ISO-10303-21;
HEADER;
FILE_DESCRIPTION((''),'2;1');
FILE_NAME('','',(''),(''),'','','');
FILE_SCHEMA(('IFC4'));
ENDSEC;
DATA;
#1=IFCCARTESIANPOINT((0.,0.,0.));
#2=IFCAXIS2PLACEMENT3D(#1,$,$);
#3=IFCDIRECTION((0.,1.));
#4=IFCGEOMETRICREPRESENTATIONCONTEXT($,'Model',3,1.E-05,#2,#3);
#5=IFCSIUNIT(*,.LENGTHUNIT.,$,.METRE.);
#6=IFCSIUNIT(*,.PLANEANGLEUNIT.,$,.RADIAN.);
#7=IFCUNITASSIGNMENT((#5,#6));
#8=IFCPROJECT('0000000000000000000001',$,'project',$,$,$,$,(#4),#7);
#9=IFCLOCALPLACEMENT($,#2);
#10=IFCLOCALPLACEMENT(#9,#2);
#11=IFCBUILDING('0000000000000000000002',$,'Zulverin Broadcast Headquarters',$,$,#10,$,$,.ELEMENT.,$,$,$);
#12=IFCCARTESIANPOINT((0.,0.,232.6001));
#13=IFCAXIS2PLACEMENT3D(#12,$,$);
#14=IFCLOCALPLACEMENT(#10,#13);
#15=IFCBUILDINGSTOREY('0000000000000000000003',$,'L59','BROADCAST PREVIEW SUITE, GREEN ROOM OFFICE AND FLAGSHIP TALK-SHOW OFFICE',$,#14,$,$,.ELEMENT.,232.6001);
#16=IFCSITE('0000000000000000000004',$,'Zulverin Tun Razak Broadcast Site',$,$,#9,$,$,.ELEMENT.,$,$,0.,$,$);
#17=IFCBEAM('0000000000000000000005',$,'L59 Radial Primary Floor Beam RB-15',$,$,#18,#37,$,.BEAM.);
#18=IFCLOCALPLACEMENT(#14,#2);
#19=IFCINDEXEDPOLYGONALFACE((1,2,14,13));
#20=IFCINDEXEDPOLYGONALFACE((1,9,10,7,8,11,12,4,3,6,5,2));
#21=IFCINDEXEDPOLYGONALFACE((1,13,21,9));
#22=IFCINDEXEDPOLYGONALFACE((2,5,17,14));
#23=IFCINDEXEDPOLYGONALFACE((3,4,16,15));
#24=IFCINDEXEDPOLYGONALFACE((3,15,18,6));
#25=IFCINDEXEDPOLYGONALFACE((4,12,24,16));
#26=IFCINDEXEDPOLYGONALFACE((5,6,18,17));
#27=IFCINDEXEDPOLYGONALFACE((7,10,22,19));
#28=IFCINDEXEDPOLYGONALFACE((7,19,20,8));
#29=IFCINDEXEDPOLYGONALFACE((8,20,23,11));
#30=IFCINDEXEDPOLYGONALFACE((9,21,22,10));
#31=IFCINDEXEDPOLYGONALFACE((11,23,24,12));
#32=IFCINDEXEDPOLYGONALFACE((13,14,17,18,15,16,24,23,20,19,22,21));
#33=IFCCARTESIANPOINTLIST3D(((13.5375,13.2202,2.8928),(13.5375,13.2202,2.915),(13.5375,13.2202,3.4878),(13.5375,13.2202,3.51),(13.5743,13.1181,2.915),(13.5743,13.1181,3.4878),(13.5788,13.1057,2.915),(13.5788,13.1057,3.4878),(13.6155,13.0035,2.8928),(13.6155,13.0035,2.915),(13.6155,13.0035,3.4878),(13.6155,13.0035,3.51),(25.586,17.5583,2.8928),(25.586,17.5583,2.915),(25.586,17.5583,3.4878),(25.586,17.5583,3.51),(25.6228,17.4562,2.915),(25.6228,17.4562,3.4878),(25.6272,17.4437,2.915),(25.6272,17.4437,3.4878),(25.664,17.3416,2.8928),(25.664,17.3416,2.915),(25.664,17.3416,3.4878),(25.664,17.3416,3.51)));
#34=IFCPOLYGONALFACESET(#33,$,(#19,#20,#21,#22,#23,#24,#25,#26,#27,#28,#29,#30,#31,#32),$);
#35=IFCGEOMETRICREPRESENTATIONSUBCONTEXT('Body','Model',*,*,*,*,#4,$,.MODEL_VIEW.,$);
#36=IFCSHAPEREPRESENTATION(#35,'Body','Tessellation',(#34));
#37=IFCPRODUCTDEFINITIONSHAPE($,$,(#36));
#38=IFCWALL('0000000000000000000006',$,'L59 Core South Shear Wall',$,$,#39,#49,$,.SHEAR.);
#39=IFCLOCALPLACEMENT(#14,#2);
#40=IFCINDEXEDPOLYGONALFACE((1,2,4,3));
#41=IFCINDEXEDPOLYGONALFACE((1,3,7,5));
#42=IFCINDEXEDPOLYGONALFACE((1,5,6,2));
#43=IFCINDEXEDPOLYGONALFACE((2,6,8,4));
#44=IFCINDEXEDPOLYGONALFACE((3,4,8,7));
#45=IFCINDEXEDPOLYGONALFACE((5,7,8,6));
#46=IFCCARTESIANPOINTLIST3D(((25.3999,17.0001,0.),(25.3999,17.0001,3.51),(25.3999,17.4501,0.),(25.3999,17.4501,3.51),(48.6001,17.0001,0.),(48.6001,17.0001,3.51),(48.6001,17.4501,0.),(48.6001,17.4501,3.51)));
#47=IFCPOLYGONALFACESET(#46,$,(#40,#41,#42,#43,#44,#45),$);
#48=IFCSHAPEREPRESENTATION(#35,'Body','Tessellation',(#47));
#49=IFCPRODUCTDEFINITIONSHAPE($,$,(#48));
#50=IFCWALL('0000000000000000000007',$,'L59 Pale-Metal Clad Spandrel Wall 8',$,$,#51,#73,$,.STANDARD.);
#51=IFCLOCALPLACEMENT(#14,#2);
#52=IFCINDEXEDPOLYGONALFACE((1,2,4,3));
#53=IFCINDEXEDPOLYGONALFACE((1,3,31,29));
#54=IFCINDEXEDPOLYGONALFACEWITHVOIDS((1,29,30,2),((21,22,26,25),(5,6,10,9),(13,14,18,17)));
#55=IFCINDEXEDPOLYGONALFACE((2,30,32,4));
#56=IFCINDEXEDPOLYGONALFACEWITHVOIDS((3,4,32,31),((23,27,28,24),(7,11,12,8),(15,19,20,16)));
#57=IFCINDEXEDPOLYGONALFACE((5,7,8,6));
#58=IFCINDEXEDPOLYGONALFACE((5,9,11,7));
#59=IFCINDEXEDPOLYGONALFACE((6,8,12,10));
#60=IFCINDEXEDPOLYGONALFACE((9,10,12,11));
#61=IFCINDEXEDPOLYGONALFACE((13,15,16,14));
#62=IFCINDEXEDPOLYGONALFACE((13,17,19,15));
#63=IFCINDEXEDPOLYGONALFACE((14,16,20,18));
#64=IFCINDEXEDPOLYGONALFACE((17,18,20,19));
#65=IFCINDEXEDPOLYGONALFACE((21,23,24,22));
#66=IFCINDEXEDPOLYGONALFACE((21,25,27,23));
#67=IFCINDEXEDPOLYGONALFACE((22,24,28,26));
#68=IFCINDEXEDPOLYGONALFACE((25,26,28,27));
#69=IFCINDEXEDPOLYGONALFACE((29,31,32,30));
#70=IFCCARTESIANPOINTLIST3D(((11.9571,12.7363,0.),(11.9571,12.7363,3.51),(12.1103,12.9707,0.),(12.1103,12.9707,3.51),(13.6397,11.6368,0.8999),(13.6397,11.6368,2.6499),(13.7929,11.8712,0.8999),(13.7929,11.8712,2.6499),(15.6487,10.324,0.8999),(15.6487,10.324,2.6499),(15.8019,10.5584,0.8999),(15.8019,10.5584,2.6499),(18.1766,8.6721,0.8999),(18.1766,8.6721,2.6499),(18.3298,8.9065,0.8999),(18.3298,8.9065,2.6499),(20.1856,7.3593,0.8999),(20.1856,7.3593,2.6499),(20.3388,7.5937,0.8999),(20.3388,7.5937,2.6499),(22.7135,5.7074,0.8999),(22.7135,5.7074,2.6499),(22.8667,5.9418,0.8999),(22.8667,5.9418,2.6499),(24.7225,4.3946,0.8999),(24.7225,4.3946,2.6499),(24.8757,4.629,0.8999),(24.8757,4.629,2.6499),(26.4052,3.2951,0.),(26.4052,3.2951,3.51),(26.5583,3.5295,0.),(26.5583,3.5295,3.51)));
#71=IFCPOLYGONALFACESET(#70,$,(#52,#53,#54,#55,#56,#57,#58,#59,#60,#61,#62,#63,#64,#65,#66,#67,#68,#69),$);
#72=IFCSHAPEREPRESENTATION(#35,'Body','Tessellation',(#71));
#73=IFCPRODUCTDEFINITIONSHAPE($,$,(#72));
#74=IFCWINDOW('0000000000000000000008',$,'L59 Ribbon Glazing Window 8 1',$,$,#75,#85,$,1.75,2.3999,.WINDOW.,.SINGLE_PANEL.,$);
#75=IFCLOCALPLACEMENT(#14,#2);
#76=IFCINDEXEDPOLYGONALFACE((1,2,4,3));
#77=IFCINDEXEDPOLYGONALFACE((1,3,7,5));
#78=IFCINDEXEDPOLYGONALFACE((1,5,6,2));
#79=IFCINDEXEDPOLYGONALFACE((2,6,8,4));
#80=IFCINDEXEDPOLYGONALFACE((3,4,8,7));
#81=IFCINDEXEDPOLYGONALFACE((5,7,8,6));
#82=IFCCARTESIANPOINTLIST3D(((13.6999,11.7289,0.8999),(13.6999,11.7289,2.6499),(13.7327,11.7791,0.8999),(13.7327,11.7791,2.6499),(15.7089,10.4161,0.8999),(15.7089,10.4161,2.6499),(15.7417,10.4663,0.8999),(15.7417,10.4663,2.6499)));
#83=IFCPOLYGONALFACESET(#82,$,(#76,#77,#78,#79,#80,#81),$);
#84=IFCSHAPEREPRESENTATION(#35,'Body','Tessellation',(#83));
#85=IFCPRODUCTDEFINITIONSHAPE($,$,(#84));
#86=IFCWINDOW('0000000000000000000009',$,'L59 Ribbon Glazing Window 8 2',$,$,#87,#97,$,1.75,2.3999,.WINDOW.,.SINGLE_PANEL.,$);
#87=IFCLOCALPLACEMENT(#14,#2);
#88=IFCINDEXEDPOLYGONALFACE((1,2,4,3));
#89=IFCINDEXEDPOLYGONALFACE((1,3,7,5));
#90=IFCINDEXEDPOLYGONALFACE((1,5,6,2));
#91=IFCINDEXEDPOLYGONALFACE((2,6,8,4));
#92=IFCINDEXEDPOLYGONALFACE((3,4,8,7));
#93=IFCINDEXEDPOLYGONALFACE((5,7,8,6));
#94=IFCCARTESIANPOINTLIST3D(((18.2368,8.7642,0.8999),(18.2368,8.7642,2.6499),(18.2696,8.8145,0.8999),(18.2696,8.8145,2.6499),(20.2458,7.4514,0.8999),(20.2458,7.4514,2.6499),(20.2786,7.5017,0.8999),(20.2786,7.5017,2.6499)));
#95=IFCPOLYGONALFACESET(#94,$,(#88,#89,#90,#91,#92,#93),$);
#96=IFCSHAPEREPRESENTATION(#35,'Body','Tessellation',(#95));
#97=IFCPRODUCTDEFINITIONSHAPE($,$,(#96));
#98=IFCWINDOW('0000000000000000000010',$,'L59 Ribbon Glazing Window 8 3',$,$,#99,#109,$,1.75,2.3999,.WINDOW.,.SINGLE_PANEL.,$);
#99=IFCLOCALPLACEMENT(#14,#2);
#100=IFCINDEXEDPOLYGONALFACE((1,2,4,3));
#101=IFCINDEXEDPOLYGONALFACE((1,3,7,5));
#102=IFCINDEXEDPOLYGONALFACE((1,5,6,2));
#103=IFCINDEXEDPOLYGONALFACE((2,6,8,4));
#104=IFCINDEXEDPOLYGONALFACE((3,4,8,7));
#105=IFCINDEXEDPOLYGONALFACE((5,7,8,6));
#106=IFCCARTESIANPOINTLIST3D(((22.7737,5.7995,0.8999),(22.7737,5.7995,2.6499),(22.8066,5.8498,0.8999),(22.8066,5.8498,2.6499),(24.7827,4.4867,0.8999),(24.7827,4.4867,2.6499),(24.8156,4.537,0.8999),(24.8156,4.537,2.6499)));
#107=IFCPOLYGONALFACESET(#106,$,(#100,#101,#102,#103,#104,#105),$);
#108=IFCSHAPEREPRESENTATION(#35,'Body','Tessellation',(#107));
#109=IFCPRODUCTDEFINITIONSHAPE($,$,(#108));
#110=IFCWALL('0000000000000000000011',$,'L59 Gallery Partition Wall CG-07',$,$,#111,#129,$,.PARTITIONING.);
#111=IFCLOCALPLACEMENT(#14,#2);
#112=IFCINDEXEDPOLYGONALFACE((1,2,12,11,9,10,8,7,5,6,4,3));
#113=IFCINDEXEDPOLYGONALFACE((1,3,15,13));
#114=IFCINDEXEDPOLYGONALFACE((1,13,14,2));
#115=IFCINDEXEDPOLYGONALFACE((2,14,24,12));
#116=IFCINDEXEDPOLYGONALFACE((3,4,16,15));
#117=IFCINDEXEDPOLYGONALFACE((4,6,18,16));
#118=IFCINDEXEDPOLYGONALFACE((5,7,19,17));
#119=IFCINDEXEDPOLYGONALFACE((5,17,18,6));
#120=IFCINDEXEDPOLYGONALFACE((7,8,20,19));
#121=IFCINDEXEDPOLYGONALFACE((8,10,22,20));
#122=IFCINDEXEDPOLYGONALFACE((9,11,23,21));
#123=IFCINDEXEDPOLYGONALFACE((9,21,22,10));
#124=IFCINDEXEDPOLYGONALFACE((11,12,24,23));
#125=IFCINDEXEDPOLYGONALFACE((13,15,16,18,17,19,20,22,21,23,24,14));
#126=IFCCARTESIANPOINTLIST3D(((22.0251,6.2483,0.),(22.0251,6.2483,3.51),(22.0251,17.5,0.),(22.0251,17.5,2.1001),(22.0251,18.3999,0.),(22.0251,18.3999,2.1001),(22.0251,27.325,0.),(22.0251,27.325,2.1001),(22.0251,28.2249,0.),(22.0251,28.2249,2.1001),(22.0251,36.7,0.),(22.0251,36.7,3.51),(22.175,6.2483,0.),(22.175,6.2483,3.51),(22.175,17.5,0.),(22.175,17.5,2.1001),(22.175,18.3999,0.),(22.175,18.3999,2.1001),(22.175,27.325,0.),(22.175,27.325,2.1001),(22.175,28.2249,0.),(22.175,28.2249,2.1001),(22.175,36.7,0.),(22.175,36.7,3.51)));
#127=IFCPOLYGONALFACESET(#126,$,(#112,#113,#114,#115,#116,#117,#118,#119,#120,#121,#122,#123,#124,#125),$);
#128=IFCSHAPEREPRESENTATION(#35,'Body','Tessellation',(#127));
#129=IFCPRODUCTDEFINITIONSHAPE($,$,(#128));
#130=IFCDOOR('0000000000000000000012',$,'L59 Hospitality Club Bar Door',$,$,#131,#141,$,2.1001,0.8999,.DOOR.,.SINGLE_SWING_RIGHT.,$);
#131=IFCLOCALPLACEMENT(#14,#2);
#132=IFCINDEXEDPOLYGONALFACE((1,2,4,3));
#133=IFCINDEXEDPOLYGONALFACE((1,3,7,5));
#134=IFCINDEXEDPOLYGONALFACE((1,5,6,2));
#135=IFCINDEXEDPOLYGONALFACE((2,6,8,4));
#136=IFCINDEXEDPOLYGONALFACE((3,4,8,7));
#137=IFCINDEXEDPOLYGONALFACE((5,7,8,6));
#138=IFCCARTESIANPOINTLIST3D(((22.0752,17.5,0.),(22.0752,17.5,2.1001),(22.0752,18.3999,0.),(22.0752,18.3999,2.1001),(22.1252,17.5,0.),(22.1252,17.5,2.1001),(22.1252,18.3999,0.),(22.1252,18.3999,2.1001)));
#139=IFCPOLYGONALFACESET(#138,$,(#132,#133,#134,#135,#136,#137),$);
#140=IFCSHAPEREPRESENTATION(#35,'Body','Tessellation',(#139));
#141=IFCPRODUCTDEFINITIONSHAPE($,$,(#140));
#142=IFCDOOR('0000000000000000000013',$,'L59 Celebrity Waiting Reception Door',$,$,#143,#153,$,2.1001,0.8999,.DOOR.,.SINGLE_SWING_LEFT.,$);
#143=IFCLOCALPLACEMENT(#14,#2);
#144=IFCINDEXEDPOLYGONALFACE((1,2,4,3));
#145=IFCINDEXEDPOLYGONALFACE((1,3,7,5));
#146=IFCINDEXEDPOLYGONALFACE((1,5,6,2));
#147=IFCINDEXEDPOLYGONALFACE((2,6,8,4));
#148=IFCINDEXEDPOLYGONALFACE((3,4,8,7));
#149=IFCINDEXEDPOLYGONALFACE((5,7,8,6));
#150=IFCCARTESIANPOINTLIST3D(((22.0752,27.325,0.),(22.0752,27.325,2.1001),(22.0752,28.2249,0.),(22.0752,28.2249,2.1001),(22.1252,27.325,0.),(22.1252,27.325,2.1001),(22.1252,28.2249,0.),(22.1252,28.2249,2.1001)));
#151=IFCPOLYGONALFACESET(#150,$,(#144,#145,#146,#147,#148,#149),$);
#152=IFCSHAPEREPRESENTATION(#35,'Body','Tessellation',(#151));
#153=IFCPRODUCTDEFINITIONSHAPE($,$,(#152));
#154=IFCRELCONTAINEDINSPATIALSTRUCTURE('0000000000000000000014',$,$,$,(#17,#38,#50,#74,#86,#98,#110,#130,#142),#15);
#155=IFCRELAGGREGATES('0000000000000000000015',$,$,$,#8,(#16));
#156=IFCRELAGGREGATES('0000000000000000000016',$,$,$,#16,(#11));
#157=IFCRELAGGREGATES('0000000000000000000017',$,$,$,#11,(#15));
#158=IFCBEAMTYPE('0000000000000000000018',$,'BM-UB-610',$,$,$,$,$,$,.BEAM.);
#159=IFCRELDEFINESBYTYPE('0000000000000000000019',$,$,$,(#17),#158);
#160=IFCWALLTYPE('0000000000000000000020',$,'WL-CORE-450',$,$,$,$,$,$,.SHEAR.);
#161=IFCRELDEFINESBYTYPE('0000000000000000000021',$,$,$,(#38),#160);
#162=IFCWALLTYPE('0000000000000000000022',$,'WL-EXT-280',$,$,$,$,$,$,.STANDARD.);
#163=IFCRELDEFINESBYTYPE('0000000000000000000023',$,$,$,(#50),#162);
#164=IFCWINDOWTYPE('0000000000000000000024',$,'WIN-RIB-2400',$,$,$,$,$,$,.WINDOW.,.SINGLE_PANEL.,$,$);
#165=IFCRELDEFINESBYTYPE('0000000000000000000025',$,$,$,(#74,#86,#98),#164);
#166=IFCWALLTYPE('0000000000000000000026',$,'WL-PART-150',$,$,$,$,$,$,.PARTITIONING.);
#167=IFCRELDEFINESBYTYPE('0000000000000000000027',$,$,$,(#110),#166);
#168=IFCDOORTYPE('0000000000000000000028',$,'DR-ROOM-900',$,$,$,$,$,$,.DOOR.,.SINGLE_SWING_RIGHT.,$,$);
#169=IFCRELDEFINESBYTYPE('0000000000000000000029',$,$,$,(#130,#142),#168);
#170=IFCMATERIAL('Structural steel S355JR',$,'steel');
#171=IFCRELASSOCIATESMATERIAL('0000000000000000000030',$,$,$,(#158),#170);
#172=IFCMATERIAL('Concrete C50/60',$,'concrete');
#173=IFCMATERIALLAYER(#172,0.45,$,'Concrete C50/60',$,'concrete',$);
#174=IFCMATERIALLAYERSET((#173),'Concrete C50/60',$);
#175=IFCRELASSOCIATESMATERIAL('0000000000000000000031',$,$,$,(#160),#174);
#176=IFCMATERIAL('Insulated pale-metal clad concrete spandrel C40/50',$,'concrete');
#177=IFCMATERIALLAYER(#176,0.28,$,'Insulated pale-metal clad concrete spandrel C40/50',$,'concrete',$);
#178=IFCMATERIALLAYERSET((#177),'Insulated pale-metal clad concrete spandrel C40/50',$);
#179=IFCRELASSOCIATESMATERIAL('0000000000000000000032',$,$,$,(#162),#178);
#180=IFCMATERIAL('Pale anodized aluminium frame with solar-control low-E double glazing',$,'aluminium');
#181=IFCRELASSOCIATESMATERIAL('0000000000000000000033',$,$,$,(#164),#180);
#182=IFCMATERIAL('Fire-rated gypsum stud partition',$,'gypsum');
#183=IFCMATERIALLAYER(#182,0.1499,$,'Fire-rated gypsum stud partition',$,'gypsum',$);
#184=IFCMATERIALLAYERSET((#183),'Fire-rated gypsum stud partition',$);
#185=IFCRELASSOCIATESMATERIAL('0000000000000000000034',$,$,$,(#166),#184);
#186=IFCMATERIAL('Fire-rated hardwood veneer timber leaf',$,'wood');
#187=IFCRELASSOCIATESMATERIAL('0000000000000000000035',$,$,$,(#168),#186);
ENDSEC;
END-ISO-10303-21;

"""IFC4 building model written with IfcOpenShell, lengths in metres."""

from ifc_helpers import new_model, si_unit, direction, frame, frame_2d, origin, origin_2d, place, context, subcontext, project, spatial, rectangle, i_section, extrude, material, layer, layer_set, material_profile, profile_set, type_object, element, fill, save


model = new_model("IFC4")

# Units and contexts
model_context = context("Model", 3, precision=1e-05, world=origin(), true_north=direction((0.0, 1.0)))
body_context = subcontext(model_context, "Body", "Model", "MODEL_VIEW")
ifc_project = project(units=[si_unit("LENGTHUNIT", "METRE"), si_unit("PLANEANGLEUNIT", "RADIAN")], contexts=[model_context])

# Site, building, storey
site_placement = place(None, origin())
site = spatial("IfcSite", under=ifc_project, at=site_placement, Name="Zulverin Tun Razak Broadcast Site", CompositionType="ELEMENT", RefElevation=0.0)
building_placement = place(site_placement, origin())
building = spatial("IfcBuilding", under=site, at=building_placement, Name="Zulverin Broadcast Headquarters", CompositionType="ELEMENT")
storey_placement = place(building_placement, frame((0.0, 0.0, 232.6001)))
storey = spatial("IfcBuildingStorey", under=building, at=storey_placement, Name="L59", Description="BROADCAST PREVIEW SUITE, GREEN ROOM OFFICE AND FLAGSHIP TALK-SHOW OFFICE", CompositionType="ELEMENT", Elevation=232.6001)

# Shared definitions
ifc_material_1 = material(Name="Concrete C50/60", Category="concrete")

# Beam
ifc_material_2 = material(Name="Structural steel S355JR", Category="steel")
ifc_material_profile_1 = material_profile(ifc_material_2, i_section(OverallWidth=0.2302, OverallDepth=0.6172, WebThickness=0.0132, FlangeThickness=0.0222, at=origin_2d()), Name="Structural steel S355JR", Category="steel")
ifc_profile_set_1 = profile_set([ifc_material_profile_1], Name="Structural steel S355JR")
beam_type_1 = type_object("IfcBeamType", Name="BM-UB-610", PredefinedType="BEAM", material=ifc_profile_set_1)
beam_1_placement = place(storey_placement, frame((25.625, 17.45, 3.2014), z_axis=(-0.940871, -0.338764, 0.0), x_axis=(0.338764, -0.940871, 0.0)))
element("IfcBeam", 1, at=beam_1_placement, inside=storey, type_object=beam_type_1, Name="L59 Radial Primary Floor Beam RB-15", PredefinedType="BEAM", context=body_context, shape_type="SweptSolid", body=[
    extrude(i_section(OverallWidth=0.2302, OverallDepth=0.6172, WebThickness=0.0132, FlangeThickness=0.0222, at=origin_2d()), origin(), (0.0, 0.0, 1.0), 12.8057),
])

# Wall
ifc_layer_1 = layer(ifc_material_1, 0.45, Name="Concrete C50/60", Category="concrete")
ifc_layer_set_1 = layer_set([ifc_layer_1], Name="Concrete C50/60")
wall_type_1 = type_object("IfcWallType", Name="WL-CORE-450", PredefinedType="SHEAR", material=ifc_layer_set_1)
wall_1_placement = place(storey_placement, frame((25.3999, 17.2251, 0.0), z_axis=(0.0, 0.0, 1.0), x_axis=(1.0, 0.0, 0.0)))
element("IfcWall", 2, at=wall_1_placement, inside=storey, type_object=wall_type_1, Name="L59 Core South Shear Wall", PredefinedType="SHEAR", context=body_context, shape_type="SweptSolid", body=[
    extrude(rectangle(XDim=23.2002, YDim=0.45, at=frame_2d((11.6001, 0.0))), origin(), (0.0, 0.0, 1.0), 3.51),
])

# Wall, openings, windows
ifc_material_3 = material(Name="Insulated pale-metal clad concrete spandrel C40/50", Category="concrete")
ifc_layer_2 = layer(ifc_material_3, 0.28, Name="Insulated pale-metal clad concrete spandrel C40/50", Category="concrete")
ifc_layer_set_2 = layer_set([ifc_layer_2], Name="Insulated pale-metal clad concrete spandrel C40/50")
wall_type_2 = type_object("IfcWallType", Name="WL-EXT-280", PredefinedType="STANDARD", material=ifc_layer_set_2)
wall_2_placement = place(storey_placement, frame((12.0337, 12.8535, 0.0), z_axis=(0.0, 0.0, 1.0), x_axis=(0.837118, -0.547022, 0.0)))
wall_2 = element("IfcWall", 3, at=wall_2_placement, inside=storey, type_object=wall_type_2, Name="L59 Pale-Metal Clad Spandrel Wall 8", PredefinedType="STANDARD", context=body_context, shape_type="SweptSolid", body=[
    extrude(rectangle(XDim=17.2593, YDim=0.28, at=frame_2d((8.6296, 0.0))), origin(), (0.0, 0.0, 1.0), 3.51),
])
opening_1_placement = place(wall_2_placement, frame((2.01, 0.0, 0.8999)))
opening_1 = element("IfcOpeningElement", 4, at=opening_1_placement, cuts=wall_2, PredefinedType="OPENING", context=body_context, shape_type="SweptSolid", body=[
    extrude(rectangle(XDim=2.3999, YDim=1.75, at=frame_2d((1.2, 0.875))), frame((0.0, 0.1499, 0.0), z_axis=(0.0, -1.0, 0.0), x_axis=(1.0, 0.0, 0.0)), (0.0, 0.0, 1.0), 0.3),
])
opening_2_placement = place(wall_2_placement, frame((7.4297, 0.0, 0.8999)))
opening_2 = element("IfcOpeningElement", 5, at=opening_2_placement, cuts=wall_2, PredefinedType="OPENING", context=body_context, shape_type="SweptSolid", body=[
    extrude(rectangle(XDim=2.3999, YDim=1.75, at=frame_2d((1.2, 0.875))), frame((0.0, 0.1499, 0.0), z_axis=(0.0, -1.0, 0.0), x_axis=(1.0, 0.0, 0.0)), (0.0, 0.0, 1.0), 0.3),
])
opening_3_placement = place(wall_2_placement, frame((12.8494, 0.0, 0.8999)))
opening_3 = element("IfcOpeningElement", 6, at=opening_3_placement, cuts=wall_2, PredefinedType="OPENING", context=body_context, shape_type="SweptSolid", body=[
    extrude(rectangle(XDim=2.3999, YDim=1.75, at=frame_2d((1.2, 0.875))), frame((0.0, 0.1499, 0.0), z_axis=(0.0, -1.0, 0.0), x_axis=(1.0, 0.0, 0.0)), (0.0, 0.0, 1.0), 0.3),
])
ifc_material_4 = material(Name="Pale anodized aluminium frame with solar-control low-E double glazing", Category="aluminium")
window_type = type_object("IfcWindowType", Name="WIN-RIB-2400", PartitioningType="SINGLE_PANEL", PredefinedType="WINDOW", material=ifc_material_4)
window_1_placement = place(opening_1_placement, origin())
window_1 = element("IfcWindow", 7, at=window_1_placement, inside=storey, type_object=window_type, Name="L59 Ribbon Glazing Window 8 1", OverallHeight=1.75, OverallWidth=2.3999, PartitioningType="SINGLE_PANEL", PredefinedType="WINDOW", context=body_context, shape_type="SweptSolid", body=[
    extrude(rectangle(XDim=2.3999, YDim=1.75, at=frame_2d((1.2, 0.875))), frame((0.0, 0.03, 0.0), z_axis=(0.0, -1.0, 0.0), x_axis=(1.0, 0.0, 0.0)), (0.0, 0.0, 1.0), 0.0601),
])
fill(opening_1, window_1)
window_2_placement = place(opening_2_placement, origin())
window_2 = element("IfcWindow", 8, at=window_2_placement, inside=storey, type_object=window_type, Name="L59 Ribbon Glazing Window 8 2", OverallHeight=1.75, OverallWidth=2.3999, PartitioningType="SINGLE_PANEL", PredefinedType="WINDOW", context=body_context, shape_type="SweptSolid", body=[
    extrude(rectangle(XDim=2.3999, YDim=1.75, at=frame_2d((1.2, 0.875))), frame((0.0, 0.03, 0.0), z_axis=(0.0, -1.0, 0.0), x_axis=(1.0, 0.0, 0.0)), (0.0, 0.0, 1.0), 0.0601),
])
fill(opening_2, window_2)
window_3_placement = place(opening_3_placement, origin())
window_3 = element("IfcWindow", 9, at=window_3_placement, inside=storey, type_object=window_type, Name="L59 Ribbon Glazing Window 8 3", OverallHeight=1.75, OverallWidth=2.3999, PartitioningType="SINGLE_PANEL", PredefinedType="WINDOW", context=body_context, shape_type="SweptSolid", body=[
    extrude(rectangle(XDim=2.3999, YDim=1.75, at=frame_2d((1.2, 0.875))), frame((0.0, 0.03, 0.0), z_axis=(0.0, -1.0, 0.0), x_axis=(1.0, 0.0, 0.0)), (0.0, 0.0, 1.0), 0.0601),
])
fill(opening_3, window_3)

# Wall, openings, doors
ifc_material_5 = material(Name="Fire-rated gypsum stud partition", Category="gypsum")
ifc_layer_3 = layer(ifc_material_5, 0.1499, Name="Fire-rated gypsum stud partition", Category="gypsum")
ifc_layer_set_3 = layer_set([ifc_layer_3], Name="Fire-rated gypsum stud partition")
wall_type_3 = type_object("IfcWallType", Name="WL-PART-150", PredefinedType="PARTITIONING", material=ifc_layer_set_3)
wall_3_placement = place(storey_placement, frame((22.1001, 6.2483, 0.0), z_axis=(0.0, 0.0, 1.0), x_axis=(0.0, 1.0, 0.0)))
wall_3 = element("IfcWall", 10, at=wall_3_placement, inside=storey, type_object=wall_type_3, Name="L59 Gallery Partition Wall CG-07", PredefinedType="PARTITIONING", context=body_context, shape_type="SweptSolid", body=[
    extrude(rectangle(XDim=30.4517, YDim=0.1499, at=frame_2d((15.2258, 0.0))), origin(), (0.0, 0.0, 1.0), 3.51),
])
opening_4_placement = place(wall_3_placement, frame((11.2517, 0.0, 0.0)))
opening_4 = element("IfcOpeningElement", 11, at=opening_4_placement, cuts=wall_3, PredefinedType="OPENING", context=body_context, shape_type="SweptSolid", body=[
    extrude(rectangle(XDim=0.8999, YDim=2.1001, at=frame_2d((0.45, 1.05))), frame((0.0, 0.085, 0.0), z_axis=(0.0, -1.0, 0.0), x_axis=(1.0, 0.0, 0.0)), (0.0, 0.0, 1.0), 0.1699),
])
opening_5_placement = place(wall_3_placement, frame((21.0767, 0.0, 0.0)))
opening_5 = element("IfcOpeningElement", 12, at=opening_5_placement, cuts=wall_3, PredefinedType="OPENING", context=body_context, shape_type="SweptSolid", body=[
    extrude(rectangle(XDim=0.8999, YDim=2.1001, at=frame_2d((0.45, 1.05))), frame((0.0, 0.085, 0.0), z_axis=(0.0, -1.0, 0.0), x_axis=(1.0, 0.0, 0.0)), (0.0, 0.0, 1.0), 0.1699),
])
ifc_material_6 = material(Name="Fire-rated hardwood veneer timber leaf", Category="wood")
door_type_1 = type_object("IfcDoorType", Name="DR-ROOM-900", OperationType="SINGLE_SWING_RIGHT", PredefinedType="DOOR", material=ifc_material_6)
door_1_placement = place(opening_4_placement, origin())
door_1 = element("IfcDoor", 13, at=door_1_placement, inside=storey, type_object=door_type_1, Name="L59 Hospitality Club Bar Door", OperationType="SINGLE_SWING_RIGHT", OverallHeight=2.1001, OverallWidth=0.8999, PredefinedType="DOOR", context=body_context, shape_type="SweptSolid", body=[
    extrude(rectangle(XDim=0.8999, YDim=2.1001, at=frame_2d((0.45, 1.05))), frame((0.0, 0.0249, 0.0), z_axis=(0.0, -1.0, 0.0), x_axis=(1.0, 0.0, 0.0)), (0.0, 0.0, 1.0), 0.05),
])
fill(opening_4, door_1)
door_2_placement = place(opening_5_placement, origin())
door_2 = element("IfcDoor", 14, at=door_2_placement, inside=storey, type_object=door_type_1, Name="L59 Celebrity Waiting Reception Door", OperationType="SINGLE_SWING_LEFT", OverallHeight=2.1001, OverallWidth=0.8999, PredefinedType="DOOR", context=body_context, shape_type="SweptSolid", body=[
    extrude(rectangle(XDim=0.8999, YDim=2.1001, at=frame_2d((0.45, 1.05))), frame((0.0, 0.0249, 0.0), z_axis=(0.0, -1.0, 0.0), x_axis=(1.0, 0.0, 0.0)), (0.0, 0.0, 1.0), 0.05),
])
fill(opening_5, door_2)

save(model, "model.ifc")
